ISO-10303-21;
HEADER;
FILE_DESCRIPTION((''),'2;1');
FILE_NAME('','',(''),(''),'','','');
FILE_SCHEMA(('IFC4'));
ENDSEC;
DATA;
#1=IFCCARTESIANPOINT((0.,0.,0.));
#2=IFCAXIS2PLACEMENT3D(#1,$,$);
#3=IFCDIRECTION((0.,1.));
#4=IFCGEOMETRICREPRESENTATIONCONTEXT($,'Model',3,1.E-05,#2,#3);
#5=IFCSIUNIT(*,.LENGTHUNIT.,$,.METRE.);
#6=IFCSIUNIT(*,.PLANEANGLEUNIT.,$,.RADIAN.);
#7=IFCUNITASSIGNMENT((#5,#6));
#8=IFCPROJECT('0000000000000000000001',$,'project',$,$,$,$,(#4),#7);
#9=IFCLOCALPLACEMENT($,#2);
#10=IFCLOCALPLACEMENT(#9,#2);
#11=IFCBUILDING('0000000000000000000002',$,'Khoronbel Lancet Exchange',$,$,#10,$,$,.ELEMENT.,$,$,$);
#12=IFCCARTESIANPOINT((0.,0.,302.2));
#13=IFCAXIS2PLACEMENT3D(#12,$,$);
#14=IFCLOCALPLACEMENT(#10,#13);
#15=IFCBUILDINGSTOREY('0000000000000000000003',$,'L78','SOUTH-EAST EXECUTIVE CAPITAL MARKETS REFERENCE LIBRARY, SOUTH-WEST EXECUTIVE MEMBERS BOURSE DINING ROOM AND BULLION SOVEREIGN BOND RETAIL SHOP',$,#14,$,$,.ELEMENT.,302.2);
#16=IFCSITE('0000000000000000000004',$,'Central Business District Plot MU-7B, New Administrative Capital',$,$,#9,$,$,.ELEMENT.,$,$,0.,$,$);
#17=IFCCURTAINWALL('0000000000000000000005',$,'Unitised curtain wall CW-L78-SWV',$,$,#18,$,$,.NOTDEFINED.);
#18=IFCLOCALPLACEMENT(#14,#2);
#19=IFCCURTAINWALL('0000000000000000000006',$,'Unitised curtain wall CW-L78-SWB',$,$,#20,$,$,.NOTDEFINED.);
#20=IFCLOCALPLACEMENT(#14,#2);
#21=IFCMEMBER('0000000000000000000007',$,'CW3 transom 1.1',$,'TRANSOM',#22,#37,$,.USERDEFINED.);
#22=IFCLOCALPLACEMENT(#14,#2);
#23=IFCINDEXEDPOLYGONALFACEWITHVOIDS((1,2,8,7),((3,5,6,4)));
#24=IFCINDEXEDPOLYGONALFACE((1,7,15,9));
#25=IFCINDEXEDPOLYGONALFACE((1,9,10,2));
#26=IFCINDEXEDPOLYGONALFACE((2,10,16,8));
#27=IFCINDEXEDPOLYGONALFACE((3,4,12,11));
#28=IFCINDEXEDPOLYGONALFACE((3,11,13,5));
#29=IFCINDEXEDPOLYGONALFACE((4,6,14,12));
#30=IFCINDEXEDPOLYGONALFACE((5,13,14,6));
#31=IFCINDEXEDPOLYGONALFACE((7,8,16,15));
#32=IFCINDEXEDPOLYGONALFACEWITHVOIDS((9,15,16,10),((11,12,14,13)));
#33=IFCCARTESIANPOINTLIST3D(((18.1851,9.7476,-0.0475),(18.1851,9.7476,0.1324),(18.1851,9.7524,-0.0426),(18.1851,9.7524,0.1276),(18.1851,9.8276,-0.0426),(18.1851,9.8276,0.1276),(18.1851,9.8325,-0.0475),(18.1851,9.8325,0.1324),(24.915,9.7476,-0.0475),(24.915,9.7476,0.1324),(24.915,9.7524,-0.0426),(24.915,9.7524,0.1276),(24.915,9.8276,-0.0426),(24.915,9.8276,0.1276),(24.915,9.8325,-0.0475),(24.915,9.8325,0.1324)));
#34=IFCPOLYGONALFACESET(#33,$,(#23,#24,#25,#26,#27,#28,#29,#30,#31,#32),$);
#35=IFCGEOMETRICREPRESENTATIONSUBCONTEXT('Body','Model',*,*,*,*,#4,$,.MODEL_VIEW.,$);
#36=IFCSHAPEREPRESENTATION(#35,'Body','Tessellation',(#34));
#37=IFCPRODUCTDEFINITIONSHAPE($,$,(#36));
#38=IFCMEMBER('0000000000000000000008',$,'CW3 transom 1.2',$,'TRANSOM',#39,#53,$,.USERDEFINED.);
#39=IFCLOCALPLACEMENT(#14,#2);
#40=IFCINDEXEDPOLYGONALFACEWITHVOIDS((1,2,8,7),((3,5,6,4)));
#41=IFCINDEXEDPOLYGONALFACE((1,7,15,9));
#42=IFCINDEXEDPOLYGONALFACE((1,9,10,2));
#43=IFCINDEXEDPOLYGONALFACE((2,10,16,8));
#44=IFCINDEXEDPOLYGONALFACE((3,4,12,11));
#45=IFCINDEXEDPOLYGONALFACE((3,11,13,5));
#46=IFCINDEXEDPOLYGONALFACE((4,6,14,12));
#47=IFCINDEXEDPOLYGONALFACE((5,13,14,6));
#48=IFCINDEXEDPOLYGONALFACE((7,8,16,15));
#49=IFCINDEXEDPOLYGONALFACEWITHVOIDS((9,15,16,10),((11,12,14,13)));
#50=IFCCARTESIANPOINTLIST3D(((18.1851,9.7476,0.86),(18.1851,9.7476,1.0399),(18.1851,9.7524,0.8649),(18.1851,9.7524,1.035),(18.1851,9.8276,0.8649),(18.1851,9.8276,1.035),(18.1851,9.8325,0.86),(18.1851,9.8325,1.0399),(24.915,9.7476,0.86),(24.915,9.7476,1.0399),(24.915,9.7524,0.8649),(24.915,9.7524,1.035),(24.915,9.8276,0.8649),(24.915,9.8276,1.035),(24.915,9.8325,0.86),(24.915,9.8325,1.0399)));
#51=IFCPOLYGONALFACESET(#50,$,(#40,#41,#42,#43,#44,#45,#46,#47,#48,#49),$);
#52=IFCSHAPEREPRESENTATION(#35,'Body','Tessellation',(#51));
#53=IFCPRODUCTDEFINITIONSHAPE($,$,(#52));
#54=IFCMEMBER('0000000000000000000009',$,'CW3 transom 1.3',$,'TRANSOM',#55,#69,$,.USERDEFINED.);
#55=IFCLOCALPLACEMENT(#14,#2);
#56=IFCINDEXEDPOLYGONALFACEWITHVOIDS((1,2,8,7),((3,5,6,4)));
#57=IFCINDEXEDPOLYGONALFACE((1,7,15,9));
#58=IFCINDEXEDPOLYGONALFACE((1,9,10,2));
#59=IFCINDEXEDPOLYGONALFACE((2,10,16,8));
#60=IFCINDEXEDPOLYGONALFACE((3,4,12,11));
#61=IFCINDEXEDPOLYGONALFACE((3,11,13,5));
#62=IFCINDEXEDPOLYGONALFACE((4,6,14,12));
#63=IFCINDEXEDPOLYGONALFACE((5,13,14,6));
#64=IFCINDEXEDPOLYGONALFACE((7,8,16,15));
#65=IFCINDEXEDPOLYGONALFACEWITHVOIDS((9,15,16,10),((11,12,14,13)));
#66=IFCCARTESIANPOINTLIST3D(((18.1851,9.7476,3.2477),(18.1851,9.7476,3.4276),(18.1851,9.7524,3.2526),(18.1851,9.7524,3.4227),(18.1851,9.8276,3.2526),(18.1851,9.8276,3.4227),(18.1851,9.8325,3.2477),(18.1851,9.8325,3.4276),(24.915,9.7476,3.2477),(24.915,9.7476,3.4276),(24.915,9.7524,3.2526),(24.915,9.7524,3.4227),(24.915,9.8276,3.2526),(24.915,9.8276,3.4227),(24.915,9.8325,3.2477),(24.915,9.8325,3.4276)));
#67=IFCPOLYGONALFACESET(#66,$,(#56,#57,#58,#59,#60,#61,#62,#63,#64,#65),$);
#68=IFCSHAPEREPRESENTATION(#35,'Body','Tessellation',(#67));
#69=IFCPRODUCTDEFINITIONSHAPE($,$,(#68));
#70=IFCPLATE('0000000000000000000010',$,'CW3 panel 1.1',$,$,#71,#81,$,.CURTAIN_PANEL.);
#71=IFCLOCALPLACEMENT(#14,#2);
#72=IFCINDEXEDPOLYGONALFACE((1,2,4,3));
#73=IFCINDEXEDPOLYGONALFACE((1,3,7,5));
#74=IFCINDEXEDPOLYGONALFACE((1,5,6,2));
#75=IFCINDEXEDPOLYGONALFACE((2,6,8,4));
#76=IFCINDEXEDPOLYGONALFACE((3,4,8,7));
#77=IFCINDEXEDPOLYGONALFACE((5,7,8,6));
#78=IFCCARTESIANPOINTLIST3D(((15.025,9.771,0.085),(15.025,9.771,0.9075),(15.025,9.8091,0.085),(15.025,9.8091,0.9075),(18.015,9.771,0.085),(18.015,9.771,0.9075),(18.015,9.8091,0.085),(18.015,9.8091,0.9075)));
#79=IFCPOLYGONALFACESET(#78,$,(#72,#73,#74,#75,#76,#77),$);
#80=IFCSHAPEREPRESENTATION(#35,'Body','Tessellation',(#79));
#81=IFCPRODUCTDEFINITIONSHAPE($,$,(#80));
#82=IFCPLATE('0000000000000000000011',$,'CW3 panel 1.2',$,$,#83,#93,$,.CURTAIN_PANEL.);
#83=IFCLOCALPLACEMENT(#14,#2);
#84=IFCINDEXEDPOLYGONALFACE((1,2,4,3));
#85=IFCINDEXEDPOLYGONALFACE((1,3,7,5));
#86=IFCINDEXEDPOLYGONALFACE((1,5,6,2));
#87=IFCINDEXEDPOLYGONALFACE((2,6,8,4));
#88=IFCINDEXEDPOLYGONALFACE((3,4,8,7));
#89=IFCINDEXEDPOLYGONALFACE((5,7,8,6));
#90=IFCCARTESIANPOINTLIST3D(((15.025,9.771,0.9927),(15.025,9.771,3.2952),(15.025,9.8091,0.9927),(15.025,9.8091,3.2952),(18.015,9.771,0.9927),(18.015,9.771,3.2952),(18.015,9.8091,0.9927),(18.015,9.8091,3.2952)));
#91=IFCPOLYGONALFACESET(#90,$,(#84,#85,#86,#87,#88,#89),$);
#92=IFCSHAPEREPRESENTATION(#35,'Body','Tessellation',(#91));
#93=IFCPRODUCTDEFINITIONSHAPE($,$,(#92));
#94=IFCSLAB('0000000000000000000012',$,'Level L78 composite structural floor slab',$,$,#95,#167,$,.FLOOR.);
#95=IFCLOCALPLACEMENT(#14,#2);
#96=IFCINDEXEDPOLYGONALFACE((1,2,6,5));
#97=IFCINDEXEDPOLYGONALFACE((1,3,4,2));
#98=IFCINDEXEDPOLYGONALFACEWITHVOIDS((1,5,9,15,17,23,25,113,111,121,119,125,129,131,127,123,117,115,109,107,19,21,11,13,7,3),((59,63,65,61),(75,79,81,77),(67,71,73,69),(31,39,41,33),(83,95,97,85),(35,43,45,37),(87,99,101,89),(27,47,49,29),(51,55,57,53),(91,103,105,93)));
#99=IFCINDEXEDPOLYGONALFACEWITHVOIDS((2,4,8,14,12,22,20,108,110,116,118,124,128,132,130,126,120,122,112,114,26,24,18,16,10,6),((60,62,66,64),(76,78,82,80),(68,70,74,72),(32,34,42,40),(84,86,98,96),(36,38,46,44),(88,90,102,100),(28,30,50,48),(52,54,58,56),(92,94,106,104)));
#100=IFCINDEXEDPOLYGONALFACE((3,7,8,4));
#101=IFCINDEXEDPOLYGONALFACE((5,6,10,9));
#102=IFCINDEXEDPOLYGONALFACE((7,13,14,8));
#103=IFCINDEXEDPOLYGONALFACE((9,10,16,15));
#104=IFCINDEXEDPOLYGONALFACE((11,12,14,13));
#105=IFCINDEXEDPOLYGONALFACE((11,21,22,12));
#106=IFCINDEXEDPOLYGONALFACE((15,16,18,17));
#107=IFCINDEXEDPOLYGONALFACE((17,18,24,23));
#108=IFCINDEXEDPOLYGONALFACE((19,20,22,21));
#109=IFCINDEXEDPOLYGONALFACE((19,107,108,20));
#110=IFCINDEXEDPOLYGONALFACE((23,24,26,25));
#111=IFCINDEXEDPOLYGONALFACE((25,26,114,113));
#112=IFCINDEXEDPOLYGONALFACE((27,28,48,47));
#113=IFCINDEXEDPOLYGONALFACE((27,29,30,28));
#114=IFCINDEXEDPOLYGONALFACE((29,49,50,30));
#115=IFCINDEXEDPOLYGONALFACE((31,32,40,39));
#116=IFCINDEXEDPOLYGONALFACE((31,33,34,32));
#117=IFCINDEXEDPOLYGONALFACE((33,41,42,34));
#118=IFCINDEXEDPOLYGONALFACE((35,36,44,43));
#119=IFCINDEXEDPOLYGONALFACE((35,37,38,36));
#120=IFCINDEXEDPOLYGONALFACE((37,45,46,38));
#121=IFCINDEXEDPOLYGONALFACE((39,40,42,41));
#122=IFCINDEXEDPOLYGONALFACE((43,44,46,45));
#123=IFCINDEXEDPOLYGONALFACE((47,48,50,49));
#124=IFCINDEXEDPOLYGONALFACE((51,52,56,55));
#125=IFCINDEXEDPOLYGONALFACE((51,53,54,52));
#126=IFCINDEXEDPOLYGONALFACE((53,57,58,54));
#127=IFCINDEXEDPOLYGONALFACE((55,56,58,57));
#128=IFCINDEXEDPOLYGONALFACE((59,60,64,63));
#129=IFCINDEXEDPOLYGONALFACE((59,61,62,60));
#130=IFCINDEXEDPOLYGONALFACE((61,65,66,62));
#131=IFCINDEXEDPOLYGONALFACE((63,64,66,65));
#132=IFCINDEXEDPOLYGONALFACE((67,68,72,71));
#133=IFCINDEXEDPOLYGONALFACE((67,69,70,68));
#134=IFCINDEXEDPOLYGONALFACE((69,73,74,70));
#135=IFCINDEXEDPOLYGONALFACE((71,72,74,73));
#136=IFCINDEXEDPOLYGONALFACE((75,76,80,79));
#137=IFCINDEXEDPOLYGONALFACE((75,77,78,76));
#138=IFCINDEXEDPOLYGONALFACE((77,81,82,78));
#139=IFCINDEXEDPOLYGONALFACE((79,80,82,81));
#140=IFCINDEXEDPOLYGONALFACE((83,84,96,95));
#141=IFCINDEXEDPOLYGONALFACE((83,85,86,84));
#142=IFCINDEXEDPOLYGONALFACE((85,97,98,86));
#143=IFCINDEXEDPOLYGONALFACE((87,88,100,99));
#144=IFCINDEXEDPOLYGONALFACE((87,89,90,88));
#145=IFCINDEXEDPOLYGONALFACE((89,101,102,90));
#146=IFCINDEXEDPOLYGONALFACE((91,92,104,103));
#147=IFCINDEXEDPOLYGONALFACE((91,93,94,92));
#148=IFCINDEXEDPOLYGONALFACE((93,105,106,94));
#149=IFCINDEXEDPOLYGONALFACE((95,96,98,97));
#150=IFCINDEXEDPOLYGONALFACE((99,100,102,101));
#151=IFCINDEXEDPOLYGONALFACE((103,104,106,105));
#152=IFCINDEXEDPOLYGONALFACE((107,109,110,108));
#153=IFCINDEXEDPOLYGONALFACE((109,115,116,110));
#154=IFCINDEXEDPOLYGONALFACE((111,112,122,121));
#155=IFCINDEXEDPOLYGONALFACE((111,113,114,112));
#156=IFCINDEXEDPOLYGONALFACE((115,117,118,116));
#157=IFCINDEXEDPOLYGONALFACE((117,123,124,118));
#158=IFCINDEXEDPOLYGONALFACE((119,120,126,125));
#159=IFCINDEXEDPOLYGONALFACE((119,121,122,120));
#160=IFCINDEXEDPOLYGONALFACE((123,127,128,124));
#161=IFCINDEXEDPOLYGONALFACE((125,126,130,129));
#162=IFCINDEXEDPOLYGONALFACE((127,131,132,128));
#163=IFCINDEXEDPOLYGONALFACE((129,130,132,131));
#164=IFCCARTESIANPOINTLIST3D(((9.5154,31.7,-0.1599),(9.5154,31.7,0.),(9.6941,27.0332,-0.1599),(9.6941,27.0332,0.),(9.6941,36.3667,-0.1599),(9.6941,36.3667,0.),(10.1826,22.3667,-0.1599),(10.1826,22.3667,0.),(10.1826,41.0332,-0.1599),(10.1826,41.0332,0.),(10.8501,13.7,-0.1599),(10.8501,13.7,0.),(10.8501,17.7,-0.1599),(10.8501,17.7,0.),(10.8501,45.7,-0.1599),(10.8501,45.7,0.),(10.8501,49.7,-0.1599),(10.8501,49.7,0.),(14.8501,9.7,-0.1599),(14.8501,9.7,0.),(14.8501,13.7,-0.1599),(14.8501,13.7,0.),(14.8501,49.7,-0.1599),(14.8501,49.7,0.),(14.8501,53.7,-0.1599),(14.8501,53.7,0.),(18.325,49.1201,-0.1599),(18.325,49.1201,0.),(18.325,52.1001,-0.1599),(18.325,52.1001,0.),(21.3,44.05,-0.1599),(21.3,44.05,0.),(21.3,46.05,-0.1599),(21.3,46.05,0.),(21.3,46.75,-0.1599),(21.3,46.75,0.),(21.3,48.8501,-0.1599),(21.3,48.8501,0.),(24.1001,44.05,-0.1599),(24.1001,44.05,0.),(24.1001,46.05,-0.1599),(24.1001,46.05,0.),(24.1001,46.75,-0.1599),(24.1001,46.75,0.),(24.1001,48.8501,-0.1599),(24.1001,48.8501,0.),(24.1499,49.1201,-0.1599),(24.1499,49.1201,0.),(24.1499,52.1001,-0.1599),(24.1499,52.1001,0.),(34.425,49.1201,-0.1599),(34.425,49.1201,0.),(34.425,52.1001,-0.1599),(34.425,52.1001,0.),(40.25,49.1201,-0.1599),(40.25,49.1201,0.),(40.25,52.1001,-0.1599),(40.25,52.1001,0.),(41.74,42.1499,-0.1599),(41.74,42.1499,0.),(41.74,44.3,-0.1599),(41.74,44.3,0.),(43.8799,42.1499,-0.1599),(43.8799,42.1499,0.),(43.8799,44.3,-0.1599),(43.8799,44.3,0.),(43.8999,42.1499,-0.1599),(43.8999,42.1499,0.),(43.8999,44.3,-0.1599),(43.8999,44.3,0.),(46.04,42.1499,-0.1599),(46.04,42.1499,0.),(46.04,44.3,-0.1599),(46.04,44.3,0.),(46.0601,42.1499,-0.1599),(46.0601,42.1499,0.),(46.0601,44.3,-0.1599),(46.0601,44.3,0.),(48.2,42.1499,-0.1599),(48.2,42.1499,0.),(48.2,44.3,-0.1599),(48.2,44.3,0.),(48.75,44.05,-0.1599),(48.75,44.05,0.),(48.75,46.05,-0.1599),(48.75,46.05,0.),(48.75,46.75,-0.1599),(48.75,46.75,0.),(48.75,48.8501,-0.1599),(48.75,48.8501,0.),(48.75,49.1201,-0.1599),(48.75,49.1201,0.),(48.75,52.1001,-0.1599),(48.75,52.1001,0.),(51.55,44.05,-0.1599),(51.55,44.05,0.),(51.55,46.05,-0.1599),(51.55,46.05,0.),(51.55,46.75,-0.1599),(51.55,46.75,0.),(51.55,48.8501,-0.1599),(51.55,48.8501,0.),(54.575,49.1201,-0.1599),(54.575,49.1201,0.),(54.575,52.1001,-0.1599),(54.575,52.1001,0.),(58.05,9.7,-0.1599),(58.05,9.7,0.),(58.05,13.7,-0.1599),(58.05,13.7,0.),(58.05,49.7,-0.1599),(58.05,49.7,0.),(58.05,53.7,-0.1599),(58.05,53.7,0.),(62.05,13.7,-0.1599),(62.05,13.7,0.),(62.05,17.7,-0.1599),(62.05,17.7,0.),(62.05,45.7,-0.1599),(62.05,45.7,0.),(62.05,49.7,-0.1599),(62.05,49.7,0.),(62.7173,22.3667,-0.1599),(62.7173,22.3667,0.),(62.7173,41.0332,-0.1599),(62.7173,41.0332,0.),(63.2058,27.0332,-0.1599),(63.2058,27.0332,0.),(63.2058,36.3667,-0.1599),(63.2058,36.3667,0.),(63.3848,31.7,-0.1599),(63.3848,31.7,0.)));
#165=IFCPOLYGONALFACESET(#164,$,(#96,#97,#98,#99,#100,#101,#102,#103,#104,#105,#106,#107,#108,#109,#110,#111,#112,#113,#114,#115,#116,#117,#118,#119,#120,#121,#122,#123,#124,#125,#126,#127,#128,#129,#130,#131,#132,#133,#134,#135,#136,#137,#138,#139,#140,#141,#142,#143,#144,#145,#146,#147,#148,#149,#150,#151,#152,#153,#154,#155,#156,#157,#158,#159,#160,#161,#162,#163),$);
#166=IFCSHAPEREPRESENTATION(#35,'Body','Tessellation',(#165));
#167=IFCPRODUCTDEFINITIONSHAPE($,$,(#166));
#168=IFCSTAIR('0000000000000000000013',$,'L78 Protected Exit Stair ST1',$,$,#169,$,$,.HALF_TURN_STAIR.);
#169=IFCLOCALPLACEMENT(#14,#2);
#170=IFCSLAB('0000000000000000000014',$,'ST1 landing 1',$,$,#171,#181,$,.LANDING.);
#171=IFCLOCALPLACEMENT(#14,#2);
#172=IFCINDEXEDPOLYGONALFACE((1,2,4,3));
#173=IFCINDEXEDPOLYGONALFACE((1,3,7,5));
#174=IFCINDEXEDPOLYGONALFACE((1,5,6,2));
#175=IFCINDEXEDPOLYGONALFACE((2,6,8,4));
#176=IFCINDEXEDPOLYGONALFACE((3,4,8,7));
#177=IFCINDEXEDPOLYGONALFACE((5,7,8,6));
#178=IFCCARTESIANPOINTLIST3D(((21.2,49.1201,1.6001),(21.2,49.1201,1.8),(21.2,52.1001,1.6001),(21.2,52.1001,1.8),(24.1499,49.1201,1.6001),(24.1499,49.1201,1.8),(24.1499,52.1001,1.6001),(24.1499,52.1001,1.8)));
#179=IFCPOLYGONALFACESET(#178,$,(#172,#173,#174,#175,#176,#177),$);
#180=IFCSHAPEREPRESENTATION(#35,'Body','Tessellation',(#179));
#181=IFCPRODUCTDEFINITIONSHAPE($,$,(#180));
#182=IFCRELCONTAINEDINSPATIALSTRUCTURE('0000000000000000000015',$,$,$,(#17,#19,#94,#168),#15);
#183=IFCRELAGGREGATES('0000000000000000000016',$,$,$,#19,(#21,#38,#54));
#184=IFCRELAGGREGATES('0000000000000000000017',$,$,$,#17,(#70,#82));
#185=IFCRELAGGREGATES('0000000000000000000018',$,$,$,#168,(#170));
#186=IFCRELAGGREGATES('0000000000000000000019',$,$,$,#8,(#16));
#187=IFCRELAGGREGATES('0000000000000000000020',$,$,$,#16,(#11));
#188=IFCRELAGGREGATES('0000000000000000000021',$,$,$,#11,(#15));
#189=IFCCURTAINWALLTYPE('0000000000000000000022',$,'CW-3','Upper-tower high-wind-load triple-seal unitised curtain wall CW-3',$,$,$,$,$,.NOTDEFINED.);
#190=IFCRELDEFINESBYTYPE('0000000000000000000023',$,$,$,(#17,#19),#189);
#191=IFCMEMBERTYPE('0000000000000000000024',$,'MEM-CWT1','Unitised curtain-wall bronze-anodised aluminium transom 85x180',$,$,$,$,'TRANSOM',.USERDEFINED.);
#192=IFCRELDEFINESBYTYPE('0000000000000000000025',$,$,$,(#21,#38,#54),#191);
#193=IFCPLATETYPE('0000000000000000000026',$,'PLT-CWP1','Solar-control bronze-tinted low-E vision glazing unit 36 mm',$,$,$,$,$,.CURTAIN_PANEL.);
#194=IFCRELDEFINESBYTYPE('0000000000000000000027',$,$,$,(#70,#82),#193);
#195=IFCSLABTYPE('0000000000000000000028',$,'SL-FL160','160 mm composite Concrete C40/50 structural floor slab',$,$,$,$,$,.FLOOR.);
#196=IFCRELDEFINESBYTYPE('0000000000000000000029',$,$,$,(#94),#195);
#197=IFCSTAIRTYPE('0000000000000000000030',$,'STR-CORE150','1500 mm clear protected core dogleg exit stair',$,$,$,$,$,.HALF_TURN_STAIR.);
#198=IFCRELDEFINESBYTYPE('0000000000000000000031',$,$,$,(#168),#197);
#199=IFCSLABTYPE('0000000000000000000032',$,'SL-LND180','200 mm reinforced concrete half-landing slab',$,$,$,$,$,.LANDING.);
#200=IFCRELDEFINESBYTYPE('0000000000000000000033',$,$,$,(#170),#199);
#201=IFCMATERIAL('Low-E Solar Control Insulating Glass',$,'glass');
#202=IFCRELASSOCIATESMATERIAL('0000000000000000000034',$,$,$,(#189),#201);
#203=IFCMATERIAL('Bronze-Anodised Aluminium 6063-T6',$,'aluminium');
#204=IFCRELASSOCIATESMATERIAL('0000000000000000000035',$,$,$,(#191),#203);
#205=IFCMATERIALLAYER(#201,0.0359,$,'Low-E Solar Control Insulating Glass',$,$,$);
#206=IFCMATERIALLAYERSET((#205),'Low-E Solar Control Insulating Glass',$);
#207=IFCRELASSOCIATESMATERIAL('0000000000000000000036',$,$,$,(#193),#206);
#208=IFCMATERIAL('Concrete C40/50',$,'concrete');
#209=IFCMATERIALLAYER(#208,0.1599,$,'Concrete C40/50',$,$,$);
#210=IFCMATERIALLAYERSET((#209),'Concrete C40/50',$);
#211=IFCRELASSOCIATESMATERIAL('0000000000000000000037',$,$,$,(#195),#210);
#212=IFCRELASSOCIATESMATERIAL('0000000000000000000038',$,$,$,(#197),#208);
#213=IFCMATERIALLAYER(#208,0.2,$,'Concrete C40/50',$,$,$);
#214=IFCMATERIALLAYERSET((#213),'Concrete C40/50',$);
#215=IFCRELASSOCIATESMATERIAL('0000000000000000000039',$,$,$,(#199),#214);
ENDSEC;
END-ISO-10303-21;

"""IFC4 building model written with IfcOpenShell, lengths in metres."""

from ifc_helpers import new_model, si_unit, direction, frame, origin, origin_2d, place, context, subcontext, project, spatial, polyline, rectangle, hollow_rectangle, outline, extrude, material, layer, layer_set, material_profile, profile_set, type_object, element, aggregate, save


model = new_model("IFC4")

# Units and contexts
model_context = context("Model", 3, precision=1e-05, world=origin(), true_north=direction((0.0, 1.0)))
body_context = subcontext(model_context, "Body", "Model", "MODEL_VIEW")
ifc_project = project(units=[si_unit("LENGTHUNIT", "METRE"), si_unit("PLANEANGLEUNIT", "RADIAN")], contexts=[model_context])

# Site, building, storey
site_placement = place(None, origin())
site = spatial("IfcSite", under=ifc_project, at=site_placement, Name="Central Business District Plot MU-7B, New Administrative Capital", CompositionType="ELEMENT", RefElevation=0.0)
building_placement = place(site_placement, origin())
building = spatial("IfcBuilding", under=site, at=building_placement, Name="Khoronbel Lancet Exchange", CompositionType="ELEMENT")
storey_placement = place(building_placement, frame((0.0, 0.0, 302.2)))
storey = spatial("IfcBuildingStorey", under=building, at=storey_placement, Name="L78", Description="SOUTH-EAST EXECUTIVE CAPITAL MARKETS REFERENCE LIBRARY, SOUTH-WEST EXECUTIVE MEMBERS BOURSE DINING ROOM AND BULLION SOVEREIGN BOND RETAIL SHOP", CompositionType="ELEMENT", Elevation=302.2)

# Curtain wall
ifc_material_1 = material(Name="Low-E Solar Control Insulating Glass", Category="glass")
curtain_wall_type = type_object("IfcCurtainWallType", Name="CW-3", Description="Upper-tower high-wind-load triple-seal unitised curtain wall CW-3", PredefinedType="NOTDEFINED", material=ifc_material_1)
curtain_wall_1_placement = place(storey_placement, origin())
curtain_wall_1 = element("IfcCurtainWall", 1, at=curtain_wall_1_placement, inside=storey, type_object=curtain_wall_type, Name="Unitised curtain wall CW-L78-SWV", PredefinedType="NOTDEFINED")
ifc_material_2 = material(Name="Bronze-Anodised Aluminium 6063-T6", Category="aluminium")

# Curtain wall
curtain_wall_2_placement = place(storey_placement, origin())
curtain_wall_2 = element("IfcCurtainWall", 2, at=curtain_wall_2_placement, inside=storey, type_object=curtain_wall_type, Name="Unitised curtain wall CW-L78-SWB", PredefinedType="NOTDEFINED")

# Members
ifc_material_profile_1 = material_profile(ifc_material_2, hollow_rectangle(XDim=0.085, YDim=0.1799, WallThickness=0.0049, at=origin_2d()), Name="ALU TRANSOM 85x180")
ifc_profile_set_1 = profile_set([ifc_material_profile_1], Name="Bronze-Anodised Aluminium 6063-T6")
member_type_1 = type_object("IfcMemberType", Name="MEM-CWT1", Description="Unitised curtain-wall bronze-anodised aluminium transom 85x180", ElementType="TRANSOM", PredefinedType="USERDEFINED", material=ifc_profile_set_1)
member_1_placement = place(storey_placement, frame((18.1851, 9.79, 0.0425), z_axis=(1.0, 0.0, 0.0), x_axis=(0.0, 1.0, 0.0)))
member_1 = element("IfcMember", 3, at=member_1_placement, type_object=member_type_1, Name="CW3 transom 1.1", ObjectType="TRANSOM", PredefinedType="USERDEFINED", context=body_context, shape_type="SweptSolid", body=[
    extrude(hollow_rectangle(XDim=0.085, YDim=0.1799, WallThickness=0.0049, at=origin_2d()), origin(), (0.0, 0.0, 1.0), 6.73),
])
member_2_placement = place(storey_placement, frame((18.1851, 9.79, 0.95), z_axis=(1.0, 0.0, 0.0), x_axis=(0.0, 1.0, 0.0)))
member_2 = element("IfcMember", 4, at=member_2_placement, type_object=member_type_1, Name="CW3 transom 1.2", ObjectType="TRANSOM", PredefinedType="USERDEFINED", context=body_context, shape_type="SweptSolid", body=[
    extrude(hollow_rectangle(XDim=0.085, YDim=0.1799, WallThickness=0.0049, at=origin_2d()), origin(), (0.0, 0.0, 1.0), 6.73),
])
member_3_placement = place(storey_placement, frame((18.1851, 9.79, 3.3376), z_axis=(1.0, 0.0, 0.0), x_axis=(0.0, 1.0, 0.0)))
member_3 = element("IfcMember", 5, at=member_3_placement, type_object=member_type_1, Name="CW3 transom 1.3", ObjectType="TRANSOM", PredefinedType="USERDEFINED", context=body_context, shape_type="SweptSolid", body=[
    extrude(hollow_rectangle(XDim=0.085, YDim=0.1799, WallThickness=0.0049, at=origin_2d()), origin(), (0.0, 0.0, 1.0), 6.73),
])
aggregate(curtain_wall_2, [member_1, member_2, member_3])

# Plates
ifc_layer_1 = layer(ifc_material_1, 0.0359, Name="Low-E Solar Control Insulating Glass")
ifc_layer_set_1 = layer_set([ifc_layer_1], Name="Low-E Solar Control Insulating Glass")
plate_type = type_object("IfcPlateType", Name="PLT-CWP1", Description="Solar-control bronze-tinted low-E vision glazing unit 36 mm", PredefinedType="CURTAIN_PANEL", material=ifc_layer_set_1)
plate_1_placement = place(storey_placement, frame((16.52, 9.79, 0.085), z_axis=(0.0, 0.0, 1.0), x_axis=(1.0, 0.0, 0.0)))
plate_1 = element("IfcPlate", 6, at=plate_1_placement, type_object=plate_type, Name="CW3 panel 1.1", PredefinedType="CURTAIN_PANEL", context=body_context, shape_type="SweptSolid", body=[
    extrude(rectangle(XDim=2.99, YDim=0.0381, at=origin_2d()), origin(), (0.0, 0.0, 1.0), 0.8225),
])
plate_2_placement = place(storey_placement, frame((16.52, 9.79, 0.9927), z_axis=(0.0, 0.0, 1.0), x_axis=(1.0, 0.0, 0.0)))
plate_2 = element("IfcPlate", 7, at=plate_2_placement, type_object=plate_type, Name="CW3 panel 1.2", PredefinedType="CURTAIN_PANEL", context=body_context, shape_type="SweptSolid", body=[
    extrude(rectangle(XDim=2.99, YDim=0.0381, at=origin_2d()), origin(), (0.0, 0.0, 1.0), 2.3025),
])
aggregate(curtain_wall_1, [plate_1, plate_2])

# Slab
ifc_material_3 = material(Name="Concrete C40/50", Category="concrete")
ifc_layer_2 = layer(ifc_material_3, 0.1599, Name="Concrete C40/50")
ifc_layer_set_2 = layer_set([ifc_layer_2], Name="Concrete C40/50")
slab_type_1 = type_object("IfcSlabType", Name="SL-FL160", Description="160 mm composite Concrete C40/50 structural floor slab", PredefinedType="FLOOR", material=ifc_layer_set_2)
slab_1_placement = place(storey_placement, frame((0.0, 0.0, -0.1599)))
element("IfcSlab", 8, at=slab_1_placement, inside=storey, type_object=slab_type_1, Name="Level L78 composite structural floor slab", PredefinedType="FLOOR", context=body_context, shape_type="SweptSolid", body=[
    extrude(outline(polyline([(14.8501, 9.7), (58.05, 9.7), (58.05, 13.7), (62.05, 13.7), (62.05, 17.7), (62.7173, 22.3667), (63.2058, 27.0332), (63.3848, 31.7), (63.2058, 36.3667), (62.7173, 41.0332), (62.05, 45.7), (62.05, 49.7), (58.05, 49.7), (58.05, 53.7), (14.8501, 53.7), (14.8501, 49.7), (10.8501, 49.7), (10.8501, 45.7), (10.1826, 41.0332), (9.6941, 36.3667), (9.5154, 31.7), (9.6941, 27.0332), (10.1826, 22.3667), (10.8501, 17.7), (10.8501, 13.7), (14.8501, 13.7), (14.8501, 9.7)]), holes=[polyline([(18.325, 49.1201), (24.1499, 49.1201), (24.1499, 52.1001), (18.325, 52.1001), (18.325, 49.1201)]), polyline([(48.75, 49.1201), (54.575, 49.1201), (54.575, 52.1001), (48.75, 52.1001), (48.75, 49.1201)]), polyline([(34.425, 49.1201), (40.25, 49.1201), (40.25, 52.1001), (34.425, 52.1001), (34.425, 49.1201)]), polyline([(41.74, 42.1499), (43.8799, 42.1499), (43.8799, 44.3), (41.74, 44.3), (41.74, 42.1499)]), polyline([(43.8999, 42.1499), (46.04, 42.1499), (46.04, 44.3), (43.8999, 44.3), (43.8999, 42.1499)]), polyline([(46.0601, 42.1499), (48.2, 42.1499), (48.2, 44.3), (46.0601, 44.3), (46.0601, 42.1499)]), polyline([(21.3, 46.75), (24.1001, 46.75), (24.1001, 48.8501), (21.3, 48.8501), (21.3, 46.75)]), polyline([(48.75, 46.75), (51.55, 46.75), (51.55, 48.8501), (48.75, 48.8501), (48.75, 46.75)]), polyline([(21.3, 44.05), (24.1001, 44.05), (24.1001, 46.05), (21.3, 46.05), (21.3, 44.05)]), polyline([(48.75, 44.05), (51.55, 44.05), (51.55, 46.05), (48.75, 46.05), (48.75, 44.05)])]), origin(), (0.0, 0.0, 1.0), 0.1599),
])

# Stair, slab
stair_type = type_object("IfcStairType", Name="STR-CORE150", Description="1500 mm clear protected core dogleg exit stair", PredefinedType="HALF_TURN_STAIR", material=ifc_material_3)
stair_1_placement = place(storey_placement, origin())
stair_1 = element("IfcStair", 9, at=stair_1_placement, inside=storey, type_object=stair_type, Name="L78 Protected Exit Stair ST1", PredefinedType="HALF_TURN_STAIR")
ifc_layer_3 = layer(ifc_material_3, 0.2, Name="Concrete C40/50")
ifc_layer_set_3 = layer_set([ifc_layer_3], Name="Concrete C40/50")
slab_type_2 = type_object("IfcSlabType", Name="SL-LND180", Description="200 mm reinforced concrete half-landing slab", PredefinedType="LANDING", material=ifc_layer_set_3)
slab_2_placement = place(storey_placement, frame((0.0, 0.0, 1.6001)))
slab_2 = element("IfcSlab", 10, at=slab_2_placement, type_object=slab_type_2, Name="ST1 landing 1", PredefinedType="LANDING", context=body_context, shape_type="SweptSolid", body=[
    extrude(outline(polyline([(21.2, 49.1201), (24.1499, 49.1201), (24.1499, 52.1001), (21.2, 52.1001), (21.2, 49.1201)])), origin(), (0.0, 0.0, 1.0), 0.2),
])
aggregate(stair_1, [slab_2])

save(model, "model.ifc")
